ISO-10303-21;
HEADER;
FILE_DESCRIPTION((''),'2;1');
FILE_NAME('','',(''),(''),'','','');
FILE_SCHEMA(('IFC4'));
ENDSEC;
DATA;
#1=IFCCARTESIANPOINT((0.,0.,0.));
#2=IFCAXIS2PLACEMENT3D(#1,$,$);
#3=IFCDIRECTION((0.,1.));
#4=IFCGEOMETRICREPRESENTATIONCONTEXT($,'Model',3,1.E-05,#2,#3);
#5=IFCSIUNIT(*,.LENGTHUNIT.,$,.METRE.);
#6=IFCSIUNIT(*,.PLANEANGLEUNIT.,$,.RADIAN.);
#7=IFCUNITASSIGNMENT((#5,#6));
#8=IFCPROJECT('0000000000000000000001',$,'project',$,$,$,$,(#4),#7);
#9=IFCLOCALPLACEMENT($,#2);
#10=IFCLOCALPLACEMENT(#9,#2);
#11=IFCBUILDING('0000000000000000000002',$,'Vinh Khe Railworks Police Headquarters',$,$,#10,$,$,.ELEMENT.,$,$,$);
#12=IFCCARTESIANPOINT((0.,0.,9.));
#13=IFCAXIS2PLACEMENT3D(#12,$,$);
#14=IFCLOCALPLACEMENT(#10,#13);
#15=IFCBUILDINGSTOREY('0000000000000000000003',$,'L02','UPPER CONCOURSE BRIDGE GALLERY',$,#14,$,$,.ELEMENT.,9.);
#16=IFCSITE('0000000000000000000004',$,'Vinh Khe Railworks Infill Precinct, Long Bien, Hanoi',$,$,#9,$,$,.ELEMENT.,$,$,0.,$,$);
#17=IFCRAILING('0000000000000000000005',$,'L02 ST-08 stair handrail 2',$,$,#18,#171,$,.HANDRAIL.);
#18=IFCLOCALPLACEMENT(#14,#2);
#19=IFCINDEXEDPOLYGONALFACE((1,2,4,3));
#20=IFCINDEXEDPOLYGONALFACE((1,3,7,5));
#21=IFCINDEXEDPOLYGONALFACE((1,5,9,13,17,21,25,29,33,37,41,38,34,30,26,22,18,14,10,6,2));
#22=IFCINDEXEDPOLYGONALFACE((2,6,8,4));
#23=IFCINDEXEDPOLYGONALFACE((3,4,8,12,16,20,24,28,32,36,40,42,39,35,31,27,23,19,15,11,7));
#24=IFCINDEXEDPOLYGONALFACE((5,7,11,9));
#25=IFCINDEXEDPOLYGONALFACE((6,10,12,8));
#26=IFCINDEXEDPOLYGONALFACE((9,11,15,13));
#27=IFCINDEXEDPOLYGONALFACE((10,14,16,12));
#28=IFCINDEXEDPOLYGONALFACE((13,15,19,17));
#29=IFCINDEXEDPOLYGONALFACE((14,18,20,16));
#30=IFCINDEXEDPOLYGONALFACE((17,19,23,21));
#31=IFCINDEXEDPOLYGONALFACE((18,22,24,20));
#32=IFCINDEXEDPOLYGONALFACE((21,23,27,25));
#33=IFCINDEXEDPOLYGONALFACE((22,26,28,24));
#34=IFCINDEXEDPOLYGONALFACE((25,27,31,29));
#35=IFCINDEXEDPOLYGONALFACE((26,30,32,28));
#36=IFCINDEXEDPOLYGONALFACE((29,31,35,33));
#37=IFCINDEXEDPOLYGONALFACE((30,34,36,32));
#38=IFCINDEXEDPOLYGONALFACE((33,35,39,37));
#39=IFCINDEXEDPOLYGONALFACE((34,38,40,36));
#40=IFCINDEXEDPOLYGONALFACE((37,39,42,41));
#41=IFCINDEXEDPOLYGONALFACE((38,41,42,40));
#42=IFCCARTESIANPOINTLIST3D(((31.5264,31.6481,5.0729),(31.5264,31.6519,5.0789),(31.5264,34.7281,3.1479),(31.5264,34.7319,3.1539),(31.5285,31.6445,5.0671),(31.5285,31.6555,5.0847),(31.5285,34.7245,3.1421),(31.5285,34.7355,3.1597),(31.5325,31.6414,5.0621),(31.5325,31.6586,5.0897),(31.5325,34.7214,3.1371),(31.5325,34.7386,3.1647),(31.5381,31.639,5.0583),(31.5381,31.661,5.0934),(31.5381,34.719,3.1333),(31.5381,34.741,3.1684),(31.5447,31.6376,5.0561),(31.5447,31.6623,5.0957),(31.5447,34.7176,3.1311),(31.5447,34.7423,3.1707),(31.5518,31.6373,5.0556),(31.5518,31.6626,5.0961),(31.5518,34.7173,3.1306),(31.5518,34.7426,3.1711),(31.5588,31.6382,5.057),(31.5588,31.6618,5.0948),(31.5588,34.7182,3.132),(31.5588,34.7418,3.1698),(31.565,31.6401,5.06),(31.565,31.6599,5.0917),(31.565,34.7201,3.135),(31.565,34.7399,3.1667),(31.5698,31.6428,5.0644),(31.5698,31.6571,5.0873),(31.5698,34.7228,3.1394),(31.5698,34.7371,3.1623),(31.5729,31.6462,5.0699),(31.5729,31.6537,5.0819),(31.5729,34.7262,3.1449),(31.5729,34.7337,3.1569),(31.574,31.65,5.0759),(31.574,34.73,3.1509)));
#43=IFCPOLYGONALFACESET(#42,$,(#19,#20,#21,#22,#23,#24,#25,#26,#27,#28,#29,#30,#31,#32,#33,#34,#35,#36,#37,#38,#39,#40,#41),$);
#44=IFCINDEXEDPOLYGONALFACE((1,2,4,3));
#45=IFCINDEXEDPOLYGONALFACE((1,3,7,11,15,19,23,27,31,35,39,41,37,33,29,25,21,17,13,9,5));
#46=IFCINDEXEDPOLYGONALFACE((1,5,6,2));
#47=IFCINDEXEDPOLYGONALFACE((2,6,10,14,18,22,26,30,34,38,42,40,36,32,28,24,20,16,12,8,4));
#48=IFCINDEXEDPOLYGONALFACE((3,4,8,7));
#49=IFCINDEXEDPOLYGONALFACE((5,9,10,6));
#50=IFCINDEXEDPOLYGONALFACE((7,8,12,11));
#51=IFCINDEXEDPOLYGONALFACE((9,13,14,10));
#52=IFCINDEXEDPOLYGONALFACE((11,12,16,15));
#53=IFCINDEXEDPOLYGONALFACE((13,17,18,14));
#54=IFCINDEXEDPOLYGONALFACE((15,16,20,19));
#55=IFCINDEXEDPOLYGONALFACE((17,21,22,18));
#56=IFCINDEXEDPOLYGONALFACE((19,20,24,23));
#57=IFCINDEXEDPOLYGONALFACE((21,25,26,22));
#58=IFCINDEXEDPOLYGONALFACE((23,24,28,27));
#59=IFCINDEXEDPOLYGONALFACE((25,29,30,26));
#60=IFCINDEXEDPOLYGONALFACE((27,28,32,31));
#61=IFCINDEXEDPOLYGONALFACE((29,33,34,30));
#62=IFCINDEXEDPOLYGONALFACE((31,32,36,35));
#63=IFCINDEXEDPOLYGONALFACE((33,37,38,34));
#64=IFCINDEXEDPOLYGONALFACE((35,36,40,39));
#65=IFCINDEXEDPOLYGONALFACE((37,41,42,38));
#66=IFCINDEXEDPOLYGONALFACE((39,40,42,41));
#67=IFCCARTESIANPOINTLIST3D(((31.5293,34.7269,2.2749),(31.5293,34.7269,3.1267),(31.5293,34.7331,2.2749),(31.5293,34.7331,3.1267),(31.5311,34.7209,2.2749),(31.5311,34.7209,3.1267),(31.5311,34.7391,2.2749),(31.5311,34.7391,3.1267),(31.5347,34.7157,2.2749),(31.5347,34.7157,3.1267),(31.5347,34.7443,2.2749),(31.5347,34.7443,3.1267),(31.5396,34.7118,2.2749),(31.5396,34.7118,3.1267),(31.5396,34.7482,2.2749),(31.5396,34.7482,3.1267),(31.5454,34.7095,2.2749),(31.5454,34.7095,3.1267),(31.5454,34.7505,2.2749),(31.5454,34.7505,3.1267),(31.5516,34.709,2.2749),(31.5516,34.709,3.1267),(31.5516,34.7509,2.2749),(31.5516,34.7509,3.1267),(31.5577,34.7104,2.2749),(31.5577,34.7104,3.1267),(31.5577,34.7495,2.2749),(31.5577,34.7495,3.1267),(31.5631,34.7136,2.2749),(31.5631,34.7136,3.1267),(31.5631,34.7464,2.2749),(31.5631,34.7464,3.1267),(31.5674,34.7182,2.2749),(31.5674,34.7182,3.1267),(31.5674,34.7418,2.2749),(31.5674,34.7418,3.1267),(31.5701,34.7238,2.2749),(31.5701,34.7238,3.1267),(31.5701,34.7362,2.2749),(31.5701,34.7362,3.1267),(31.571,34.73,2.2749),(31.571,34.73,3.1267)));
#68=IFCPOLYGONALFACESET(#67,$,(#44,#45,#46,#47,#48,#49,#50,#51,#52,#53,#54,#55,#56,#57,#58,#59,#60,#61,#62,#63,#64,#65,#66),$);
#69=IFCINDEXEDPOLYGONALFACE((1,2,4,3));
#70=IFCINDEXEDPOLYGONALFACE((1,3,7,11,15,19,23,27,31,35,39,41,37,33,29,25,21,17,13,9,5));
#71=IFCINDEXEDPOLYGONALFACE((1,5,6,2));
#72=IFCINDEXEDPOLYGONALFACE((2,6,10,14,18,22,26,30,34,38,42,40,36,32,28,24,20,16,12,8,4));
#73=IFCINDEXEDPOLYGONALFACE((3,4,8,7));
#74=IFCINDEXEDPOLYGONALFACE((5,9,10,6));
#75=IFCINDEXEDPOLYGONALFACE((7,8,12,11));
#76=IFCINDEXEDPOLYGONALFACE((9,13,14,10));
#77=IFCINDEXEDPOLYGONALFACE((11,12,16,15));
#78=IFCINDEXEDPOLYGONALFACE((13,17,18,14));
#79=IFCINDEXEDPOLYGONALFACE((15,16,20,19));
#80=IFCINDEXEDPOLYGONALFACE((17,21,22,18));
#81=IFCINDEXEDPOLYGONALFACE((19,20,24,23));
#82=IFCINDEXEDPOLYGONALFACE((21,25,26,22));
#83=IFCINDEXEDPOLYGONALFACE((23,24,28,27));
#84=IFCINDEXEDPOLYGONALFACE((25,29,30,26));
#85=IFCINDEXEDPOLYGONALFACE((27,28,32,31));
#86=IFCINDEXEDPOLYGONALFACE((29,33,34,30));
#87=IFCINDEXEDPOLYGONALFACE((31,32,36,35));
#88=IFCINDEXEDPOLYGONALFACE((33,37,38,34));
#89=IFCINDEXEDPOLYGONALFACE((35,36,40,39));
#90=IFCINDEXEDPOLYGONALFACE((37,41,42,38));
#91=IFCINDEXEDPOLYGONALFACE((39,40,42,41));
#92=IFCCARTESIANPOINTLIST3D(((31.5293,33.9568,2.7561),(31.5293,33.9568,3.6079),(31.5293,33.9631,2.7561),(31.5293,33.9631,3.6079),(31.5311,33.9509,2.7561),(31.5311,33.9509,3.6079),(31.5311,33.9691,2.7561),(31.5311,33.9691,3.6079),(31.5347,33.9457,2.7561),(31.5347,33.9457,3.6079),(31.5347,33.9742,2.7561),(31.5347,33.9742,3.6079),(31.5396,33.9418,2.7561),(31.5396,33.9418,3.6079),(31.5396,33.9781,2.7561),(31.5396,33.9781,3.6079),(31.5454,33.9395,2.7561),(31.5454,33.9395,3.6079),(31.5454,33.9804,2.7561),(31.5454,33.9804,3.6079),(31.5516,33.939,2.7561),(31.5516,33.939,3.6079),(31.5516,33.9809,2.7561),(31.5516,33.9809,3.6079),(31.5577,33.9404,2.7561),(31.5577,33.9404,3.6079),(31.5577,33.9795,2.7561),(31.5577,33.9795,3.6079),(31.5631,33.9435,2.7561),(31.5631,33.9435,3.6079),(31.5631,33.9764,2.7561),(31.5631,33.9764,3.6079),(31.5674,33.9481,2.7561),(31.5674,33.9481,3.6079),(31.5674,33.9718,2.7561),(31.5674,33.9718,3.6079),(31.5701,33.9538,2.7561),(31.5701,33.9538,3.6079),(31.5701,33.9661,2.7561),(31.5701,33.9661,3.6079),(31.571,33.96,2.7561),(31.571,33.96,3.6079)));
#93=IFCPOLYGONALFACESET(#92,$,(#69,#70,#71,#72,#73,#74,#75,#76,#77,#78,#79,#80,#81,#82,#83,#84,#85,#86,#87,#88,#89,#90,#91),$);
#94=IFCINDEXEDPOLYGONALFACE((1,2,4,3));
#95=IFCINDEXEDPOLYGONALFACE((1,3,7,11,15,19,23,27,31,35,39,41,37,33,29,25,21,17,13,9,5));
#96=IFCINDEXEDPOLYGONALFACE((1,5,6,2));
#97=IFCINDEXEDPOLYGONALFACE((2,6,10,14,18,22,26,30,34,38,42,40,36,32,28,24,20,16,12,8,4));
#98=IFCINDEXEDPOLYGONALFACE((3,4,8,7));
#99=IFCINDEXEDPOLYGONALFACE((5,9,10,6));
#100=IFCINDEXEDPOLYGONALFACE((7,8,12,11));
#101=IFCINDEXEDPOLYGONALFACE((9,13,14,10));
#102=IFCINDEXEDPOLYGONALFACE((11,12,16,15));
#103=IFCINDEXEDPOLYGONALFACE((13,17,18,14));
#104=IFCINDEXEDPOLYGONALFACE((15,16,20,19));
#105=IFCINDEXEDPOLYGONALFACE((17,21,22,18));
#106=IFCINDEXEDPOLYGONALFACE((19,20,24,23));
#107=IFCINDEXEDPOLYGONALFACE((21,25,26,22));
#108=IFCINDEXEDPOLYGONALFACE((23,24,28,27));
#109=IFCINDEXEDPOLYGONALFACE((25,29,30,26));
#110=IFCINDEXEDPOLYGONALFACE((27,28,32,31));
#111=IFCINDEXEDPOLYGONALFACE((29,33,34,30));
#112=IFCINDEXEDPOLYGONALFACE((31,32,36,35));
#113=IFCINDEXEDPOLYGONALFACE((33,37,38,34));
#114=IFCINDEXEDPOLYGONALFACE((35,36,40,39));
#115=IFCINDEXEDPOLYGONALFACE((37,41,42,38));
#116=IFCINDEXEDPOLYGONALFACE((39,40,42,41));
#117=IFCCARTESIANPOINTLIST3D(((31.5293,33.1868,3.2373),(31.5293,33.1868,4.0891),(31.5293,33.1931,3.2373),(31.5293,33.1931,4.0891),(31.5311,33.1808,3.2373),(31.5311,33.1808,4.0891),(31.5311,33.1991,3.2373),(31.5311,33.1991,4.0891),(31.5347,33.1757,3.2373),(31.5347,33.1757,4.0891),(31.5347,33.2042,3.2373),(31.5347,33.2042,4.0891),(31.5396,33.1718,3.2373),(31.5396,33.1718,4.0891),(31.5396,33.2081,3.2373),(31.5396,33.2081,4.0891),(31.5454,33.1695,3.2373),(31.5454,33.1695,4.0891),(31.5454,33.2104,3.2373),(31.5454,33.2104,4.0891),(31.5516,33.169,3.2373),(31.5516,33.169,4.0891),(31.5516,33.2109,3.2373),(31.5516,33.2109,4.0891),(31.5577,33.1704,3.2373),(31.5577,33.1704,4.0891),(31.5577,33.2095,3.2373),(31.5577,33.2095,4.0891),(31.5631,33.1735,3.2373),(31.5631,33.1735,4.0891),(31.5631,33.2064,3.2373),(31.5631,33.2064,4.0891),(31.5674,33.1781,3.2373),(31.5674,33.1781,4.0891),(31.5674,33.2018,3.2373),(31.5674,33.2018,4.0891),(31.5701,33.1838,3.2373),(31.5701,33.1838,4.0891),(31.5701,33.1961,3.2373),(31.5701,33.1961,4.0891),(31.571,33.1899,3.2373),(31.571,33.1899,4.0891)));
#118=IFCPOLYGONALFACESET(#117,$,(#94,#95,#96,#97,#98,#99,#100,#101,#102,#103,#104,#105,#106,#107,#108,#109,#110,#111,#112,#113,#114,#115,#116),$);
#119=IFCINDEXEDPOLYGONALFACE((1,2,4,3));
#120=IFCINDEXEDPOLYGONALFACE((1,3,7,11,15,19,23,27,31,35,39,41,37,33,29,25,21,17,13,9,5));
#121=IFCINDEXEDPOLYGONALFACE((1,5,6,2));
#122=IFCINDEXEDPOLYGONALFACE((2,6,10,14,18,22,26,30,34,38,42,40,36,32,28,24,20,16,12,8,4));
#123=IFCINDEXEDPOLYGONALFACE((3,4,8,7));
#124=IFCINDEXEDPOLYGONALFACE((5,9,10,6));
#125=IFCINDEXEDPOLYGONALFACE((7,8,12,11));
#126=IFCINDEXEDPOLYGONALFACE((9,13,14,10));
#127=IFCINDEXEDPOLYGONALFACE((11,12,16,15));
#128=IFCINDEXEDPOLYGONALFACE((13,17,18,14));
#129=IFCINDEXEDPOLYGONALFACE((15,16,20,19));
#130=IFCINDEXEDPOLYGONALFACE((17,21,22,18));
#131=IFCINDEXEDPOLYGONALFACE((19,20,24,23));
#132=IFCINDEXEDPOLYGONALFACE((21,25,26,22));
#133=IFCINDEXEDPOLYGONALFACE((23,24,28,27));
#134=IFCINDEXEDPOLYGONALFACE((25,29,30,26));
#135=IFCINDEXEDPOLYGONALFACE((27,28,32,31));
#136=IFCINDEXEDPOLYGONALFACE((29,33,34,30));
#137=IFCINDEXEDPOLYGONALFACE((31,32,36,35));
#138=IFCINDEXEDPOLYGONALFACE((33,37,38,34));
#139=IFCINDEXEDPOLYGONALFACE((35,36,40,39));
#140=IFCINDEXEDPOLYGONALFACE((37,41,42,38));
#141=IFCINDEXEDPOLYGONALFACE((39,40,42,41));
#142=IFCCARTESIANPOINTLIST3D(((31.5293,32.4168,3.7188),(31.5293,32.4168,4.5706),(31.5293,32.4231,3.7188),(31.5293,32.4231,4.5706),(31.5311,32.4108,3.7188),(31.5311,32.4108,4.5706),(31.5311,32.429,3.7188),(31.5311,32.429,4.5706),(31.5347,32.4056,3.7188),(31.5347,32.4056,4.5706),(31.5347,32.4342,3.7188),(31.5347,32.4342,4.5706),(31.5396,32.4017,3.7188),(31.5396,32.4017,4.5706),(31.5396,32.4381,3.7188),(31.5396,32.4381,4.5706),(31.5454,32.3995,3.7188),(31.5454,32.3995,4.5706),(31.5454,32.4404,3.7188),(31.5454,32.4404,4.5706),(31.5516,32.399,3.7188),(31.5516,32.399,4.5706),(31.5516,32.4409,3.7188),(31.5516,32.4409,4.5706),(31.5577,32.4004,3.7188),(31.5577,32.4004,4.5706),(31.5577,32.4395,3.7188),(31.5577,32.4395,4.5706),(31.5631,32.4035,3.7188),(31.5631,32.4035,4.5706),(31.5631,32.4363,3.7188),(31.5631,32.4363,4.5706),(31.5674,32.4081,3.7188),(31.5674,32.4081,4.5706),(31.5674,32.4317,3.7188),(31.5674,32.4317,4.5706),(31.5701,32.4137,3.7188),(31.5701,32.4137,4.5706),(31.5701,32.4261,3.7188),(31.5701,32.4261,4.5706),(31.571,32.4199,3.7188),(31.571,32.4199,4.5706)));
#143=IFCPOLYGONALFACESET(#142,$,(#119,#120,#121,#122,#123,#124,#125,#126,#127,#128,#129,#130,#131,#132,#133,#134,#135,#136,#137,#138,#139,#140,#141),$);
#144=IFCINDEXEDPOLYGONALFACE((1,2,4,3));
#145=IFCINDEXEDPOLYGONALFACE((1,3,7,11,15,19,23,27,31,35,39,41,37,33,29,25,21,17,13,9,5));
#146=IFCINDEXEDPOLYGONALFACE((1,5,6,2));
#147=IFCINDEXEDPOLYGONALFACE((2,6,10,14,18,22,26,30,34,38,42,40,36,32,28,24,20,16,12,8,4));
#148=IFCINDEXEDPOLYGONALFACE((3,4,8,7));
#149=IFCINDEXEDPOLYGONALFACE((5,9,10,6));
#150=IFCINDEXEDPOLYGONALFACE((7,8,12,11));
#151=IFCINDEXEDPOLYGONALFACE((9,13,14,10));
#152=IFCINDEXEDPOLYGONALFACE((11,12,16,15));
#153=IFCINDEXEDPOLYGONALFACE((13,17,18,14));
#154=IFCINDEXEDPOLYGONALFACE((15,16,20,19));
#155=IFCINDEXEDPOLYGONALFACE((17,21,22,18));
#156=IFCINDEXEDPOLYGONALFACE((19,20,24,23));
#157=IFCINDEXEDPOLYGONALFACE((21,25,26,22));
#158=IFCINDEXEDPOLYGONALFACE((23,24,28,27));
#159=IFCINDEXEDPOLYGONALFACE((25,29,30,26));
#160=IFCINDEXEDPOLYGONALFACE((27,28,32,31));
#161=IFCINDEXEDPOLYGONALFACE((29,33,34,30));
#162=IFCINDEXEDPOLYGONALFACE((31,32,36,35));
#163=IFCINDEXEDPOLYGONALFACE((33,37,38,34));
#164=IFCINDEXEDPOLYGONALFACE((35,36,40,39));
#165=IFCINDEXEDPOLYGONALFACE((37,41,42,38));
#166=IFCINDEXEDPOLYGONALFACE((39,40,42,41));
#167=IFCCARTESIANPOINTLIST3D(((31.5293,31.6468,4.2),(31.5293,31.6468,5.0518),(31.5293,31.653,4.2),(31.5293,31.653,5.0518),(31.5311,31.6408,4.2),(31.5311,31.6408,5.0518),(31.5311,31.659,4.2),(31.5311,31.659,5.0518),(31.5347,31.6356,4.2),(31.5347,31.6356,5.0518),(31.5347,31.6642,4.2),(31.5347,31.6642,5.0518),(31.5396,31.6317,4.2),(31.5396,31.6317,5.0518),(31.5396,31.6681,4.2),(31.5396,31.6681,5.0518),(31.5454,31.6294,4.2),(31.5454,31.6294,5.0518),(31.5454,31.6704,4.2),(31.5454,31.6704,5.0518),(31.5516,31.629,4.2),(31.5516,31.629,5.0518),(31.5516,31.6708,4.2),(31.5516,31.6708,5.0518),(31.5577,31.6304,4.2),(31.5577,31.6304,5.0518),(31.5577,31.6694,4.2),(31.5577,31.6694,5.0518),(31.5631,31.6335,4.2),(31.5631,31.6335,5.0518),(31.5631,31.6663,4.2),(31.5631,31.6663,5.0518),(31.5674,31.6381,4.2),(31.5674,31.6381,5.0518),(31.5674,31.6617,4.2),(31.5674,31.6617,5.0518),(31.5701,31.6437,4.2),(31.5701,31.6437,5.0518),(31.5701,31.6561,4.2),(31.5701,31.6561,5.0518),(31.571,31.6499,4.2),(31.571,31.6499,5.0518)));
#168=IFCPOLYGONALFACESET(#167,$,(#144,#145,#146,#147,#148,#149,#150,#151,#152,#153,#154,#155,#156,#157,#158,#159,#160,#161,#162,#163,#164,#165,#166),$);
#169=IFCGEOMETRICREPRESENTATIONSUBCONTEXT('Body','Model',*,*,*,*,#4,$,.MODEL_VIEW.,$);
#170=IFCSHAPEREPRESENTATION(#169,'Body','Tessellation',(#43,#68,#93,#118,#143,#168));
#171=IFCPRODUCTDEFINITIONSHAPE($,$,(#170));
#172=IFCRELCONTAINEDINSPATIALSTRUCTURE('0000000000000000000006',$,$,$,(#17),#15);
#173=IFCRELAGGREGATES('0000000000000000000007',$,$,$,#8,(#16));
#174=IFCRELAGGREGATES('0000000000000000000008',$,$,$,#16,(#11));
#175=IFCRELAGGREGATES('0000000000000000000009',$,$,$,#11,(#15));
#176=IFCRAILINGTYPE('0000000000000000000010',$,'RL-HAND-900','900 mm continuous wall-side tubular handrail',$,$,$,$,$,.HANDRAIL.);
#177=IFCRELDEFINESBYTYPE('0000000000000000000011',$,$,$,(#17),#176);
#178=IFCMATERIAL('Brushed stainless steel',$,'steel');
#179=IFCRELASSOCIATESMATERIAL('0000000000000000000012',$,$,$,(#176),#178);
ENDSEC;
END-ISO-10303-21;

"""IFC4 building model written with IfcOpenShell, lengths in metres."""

from ifc_helpers import new_model, si_unit, direction, frame, origin, origin_2d, place, context, subcontext, project, spatial, circle, extrude, material, type_object, element, save


model = new_model("IFC4")

# Units and contexts
model_context = context("Model", 3, precision=1e-05, world=origin(), true_north=direction((0.0, 1.0)))
body_context = subcontext(model_context, "Body", "Model", "MODEL_VIEW")
ifc_project = project(units=[si_unit("LENGTHUNIT", "METRE"), si_unit("PLANEANGLEUNIT", "RADIAN")], contexts=[model_context])

# Site, building, storey
site_placement = place(None, origin())
site = spatial("IfcSite", under=ifc_project, at=site_placement, Name="Vinh Khe Railworks Infill Precinct, Long Bien, Hanoi", CompositionType="ELEMENT", RefElevation=0.0)
building_placement = place(site_placement, origin())
building = spatial("IfcBuilding", under=site, at=building_placement, Name="Vinh Khe Railworks Police Headquarters", CompositionType="ELEMENT")
storey_placement = place(building_placement, frame((0.0, 0.0, 9.0)))
storey = spatial("IfcBuildingStorey", under=building, at=storey_placement, Name="L02", Description="UPPER CONCOURSE BRIDGE GALLERY", CompositionType="ELEMENT", Elevation=9.0)

# Railing
ifc_material_1 = material(Name="Brushed stainless steel", Category="steel")
railing_type_1 = type_object("IfcRailingType", Name="RL-HAND-900", Description="900 mm continuous wall-side tubular handrail", PredefinedType="HANDRAIL", material=ifc_material_1)
railing_1_placement = place(storey_placement, frame((31.55, 34.73, 2.2749)))
element("IfcRailing", 1, at=railing_1_placement, inside=storey, type_object=railing_type_1, Name="L02 ST-08 stair handrail 2", PredefinedType="HANDRAIL", context=body_context, shape_type="SweptSolid", body=[
    extrude(circle(Radius=0.0239, at=origin_2d()), frame((0.0, 0.0, 0.876), z_axis=(0.0, -0.847998, 0.529999), x_axis=(1.0, 0.0, 0.0)), (0.0, 0.0, 1.0), 3.6321),
    extrude(circle(Radius=0.021, at=origin_2d()), origin(), (0.0, 0.0, 1.0), 0.8518),
    extrude(circle(Radius=0.021, at=origin_2d()), frame((0.0, -0.77, 0.4812)), (0.0, 0.0, 1.0), 0.8518),
    extrude(circle(Radius=0.021, at=origin_2d()), frame((0.0, -1.54, 0.9624)), (0.0, 0.0, 1.0), 0.8518),
    extrude(circle(Radius=0.021, at=origin_2d()), frame((0.0, -2.3101, 1.4438)), (0.0, 0.0, 1.0), 0.8518),
    extrude(circle(Radius=0.021, at=origin_2d()), frame((0.0, -3.0801, 1.925)), (0.0, 0.0, 1.0), 0.8518),
])

save(model, "model.ifc")
